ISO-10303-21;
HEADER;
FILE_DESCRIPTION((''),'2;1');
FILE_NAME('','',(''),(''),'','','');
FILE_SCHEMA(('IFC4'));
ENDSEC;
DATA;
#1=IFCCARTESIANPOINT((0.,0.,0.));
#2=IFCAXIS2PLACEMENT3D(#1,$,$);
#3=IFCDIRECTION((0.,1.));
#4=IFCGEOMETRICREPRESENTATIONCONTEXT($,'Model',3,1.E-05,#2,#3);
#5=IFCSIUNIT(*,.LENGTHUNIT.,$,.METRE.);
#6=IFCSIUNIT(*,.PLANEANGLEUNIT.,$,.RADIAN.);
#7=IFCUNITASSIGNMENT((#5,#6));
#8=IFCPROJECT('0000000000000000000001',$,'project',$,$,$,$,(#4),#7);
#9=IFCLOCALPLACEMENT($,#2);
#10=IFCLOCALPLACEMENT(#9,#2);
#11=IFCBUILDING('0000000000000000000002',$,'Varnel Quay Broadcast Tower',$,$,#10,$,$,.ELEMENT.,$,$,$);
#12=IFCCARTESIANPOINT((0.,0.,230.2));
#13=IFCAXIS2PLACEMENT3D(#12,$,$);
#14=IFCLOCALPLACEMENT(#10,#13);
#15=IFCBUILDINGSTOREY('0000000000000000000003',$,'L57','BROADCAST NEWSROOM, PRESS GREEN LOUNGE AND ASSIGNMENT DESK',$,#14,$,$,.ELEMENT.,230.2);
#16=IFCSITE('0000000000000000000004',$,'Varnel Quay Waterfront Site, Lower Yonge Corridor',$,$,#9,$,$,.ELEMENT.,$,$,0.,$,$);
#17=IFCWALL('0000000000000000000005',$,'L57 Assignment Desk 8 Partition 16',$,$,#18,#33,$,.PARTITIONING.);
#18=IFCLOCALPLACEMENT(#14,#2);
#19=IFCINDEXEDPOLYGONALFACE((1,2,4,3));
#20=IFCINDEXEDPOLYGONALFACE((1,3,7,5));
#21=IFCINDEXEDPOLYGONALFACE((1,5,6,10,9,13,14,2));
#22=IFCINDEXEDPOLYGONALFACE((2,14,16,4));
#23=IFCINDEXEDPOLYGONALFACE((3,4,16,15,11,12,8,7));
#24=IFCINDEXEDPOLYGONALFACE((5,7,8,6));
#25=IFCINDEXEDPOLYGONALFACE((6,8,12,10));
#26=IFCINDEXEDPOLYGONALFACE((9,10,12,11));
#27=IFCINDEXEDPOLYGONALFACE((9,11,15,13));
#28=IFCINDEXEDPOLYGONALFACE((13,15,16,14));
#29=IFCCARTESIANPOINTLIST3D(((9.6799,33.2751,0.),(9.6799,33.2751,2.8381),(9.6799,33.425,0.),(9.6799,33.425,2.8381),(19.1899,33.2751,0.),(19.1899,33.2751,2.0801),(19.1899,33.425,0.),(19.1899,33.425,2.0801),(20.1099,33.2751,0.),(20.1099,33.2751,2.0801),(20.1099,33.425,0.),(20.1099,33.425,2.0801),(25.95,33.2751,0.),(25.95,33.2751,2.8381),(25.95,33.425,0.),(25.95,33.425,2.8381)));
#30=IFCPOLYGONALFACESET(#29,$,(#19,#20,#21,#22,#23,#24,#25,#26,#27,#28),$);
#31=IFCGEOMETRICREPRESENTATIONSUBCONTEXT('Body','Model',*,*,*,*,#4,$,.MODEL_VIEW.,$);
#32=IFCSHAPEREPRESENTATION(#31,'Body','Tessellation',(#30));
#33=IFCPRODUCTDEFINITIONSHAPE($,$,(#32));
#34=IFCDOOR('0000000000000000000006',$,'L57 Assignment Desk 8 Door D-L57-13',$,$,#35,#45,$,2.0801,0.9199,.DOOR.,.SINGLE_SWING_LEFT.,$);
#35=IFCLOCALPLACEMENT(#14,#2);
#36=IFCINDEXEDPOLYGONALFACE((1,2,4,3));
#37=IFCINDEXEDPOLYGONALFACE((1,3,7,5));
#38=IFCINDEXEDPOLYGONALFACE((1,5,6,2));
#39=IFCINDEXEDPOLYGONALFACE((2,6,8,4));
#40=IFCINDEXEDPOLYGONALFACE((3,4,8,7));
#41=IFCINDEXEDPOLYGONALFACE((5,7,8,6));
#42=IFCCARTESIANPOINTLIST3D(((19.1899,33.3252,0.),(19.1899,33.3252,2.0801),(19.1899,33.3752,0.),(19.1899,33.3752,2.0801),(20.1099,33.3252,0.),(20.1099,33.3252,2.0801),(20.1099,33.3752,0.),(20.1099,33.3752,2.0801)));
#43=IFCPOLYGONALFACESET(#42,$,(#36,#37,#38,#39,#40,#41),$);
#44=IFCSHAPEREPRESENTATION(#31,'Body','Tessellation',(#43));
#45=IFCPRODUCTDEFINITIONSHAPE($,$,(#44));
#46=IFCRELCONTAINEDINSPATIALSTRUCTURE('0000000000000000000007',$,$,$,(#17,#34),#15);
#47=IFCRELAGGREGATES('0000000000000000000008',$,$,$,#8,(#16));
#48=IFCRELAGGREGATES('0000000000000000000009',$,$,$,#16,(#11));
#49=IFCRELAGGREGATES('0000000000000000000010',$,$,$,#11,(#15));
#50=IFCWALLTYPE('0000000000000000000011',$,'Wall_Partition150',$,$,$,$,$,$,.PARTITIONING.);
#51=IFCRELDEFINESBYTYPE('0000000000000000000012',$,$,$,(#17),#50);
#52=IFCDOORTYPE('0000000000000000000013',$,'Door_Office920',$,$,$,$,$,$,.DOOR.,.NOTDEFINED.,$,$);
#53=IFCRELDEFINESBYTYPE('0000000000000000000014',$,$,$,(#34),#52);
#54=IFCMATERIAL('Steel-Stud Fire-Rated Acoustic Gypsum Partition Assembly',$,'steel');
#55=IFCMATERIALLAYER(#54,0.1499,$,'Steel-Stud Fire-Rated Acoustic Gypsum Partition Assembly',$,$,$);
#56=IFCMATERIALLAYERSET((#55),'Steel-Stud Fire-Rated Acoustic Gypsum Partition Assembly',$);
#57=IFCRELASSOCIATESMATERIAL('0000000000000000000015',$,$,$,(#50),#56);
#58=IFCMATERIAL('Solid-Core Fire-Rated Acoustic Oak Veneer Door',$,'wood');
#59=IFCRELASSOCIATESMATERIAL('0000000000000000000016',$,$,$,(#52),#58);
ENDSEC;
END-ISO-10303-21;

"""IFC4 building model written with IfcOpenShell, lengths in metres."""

from ifc_helpers import new_model, si_unit, direction, frame, frame_2d, origin, place, context, subcontext, project, spatial, rectangle, extrude, source, transform, mapped, material, layer, layer_set, type_object, type_shapes, element, fill, save


model = new_model("IFC4")

# Units and contexts
model_context = context("Model", 3, precision=1e-05, world=origin(), true_north=direction((0.0, 1.0)))
body_context = subcontext(model_context, "Body", "Model", "MODEL_VIEW")
ifc_project = project(units=[si_unit("LENGTHUNIT", "METRE"), si_unit("PLANEANGLEUNIT", "RADIAN")], contexts=[model_context])

# Site, building, storey
site_placement = place(None, origin())
site = spatial("IfcSite", under=ifc_project, at=site_placement, Name="Varnel Quay Waterfront Site, Lower Yonge Corridor", CompositionType="ELEMENT", RefElevation=0.0)
building_placement = place(site_placement, origin())
building = spatial("IfcBuilding", under=site, at=building_placement, Name="Varnel Quay Broadcast Tower", CompositionType="ELEMENT")
storey_placement = place(building_placement, frame((0.0, 0.0, 230.2)))
storey = spatial("IfcBuildingStorey", under=building, at=storey_placement, Name="L57", Description="BROADCAST NEWSROOM, PRESS GREEN LOUNGE AND ASSIGNMENT DESK", CompositionType="ELEMENT", Elevation=230.2)

# Shared definitions
ifc_material_1 = material(Name="Steel-Stud Fire-Rated Acoustic Gypsum Partition Assembly", Category="steel")
ifc_layer_1 = layer(ifc_material_1, 0.1499, Name="Steel-Stud Fire-Rated Acoustic Gypsum Partition Assembly")
ifc_layer_set_1 = layer_set([ifc_layer_1], Name="Steel-Stud Fire-Rated Acoustic Gypsum Partition Assembly")
wall_type_1 = type_object("IfcWallType", Name="Wall_Partition150", PredefinedType="PARTITIONING", material=ifc_layer_set_1)

# Wall, opening, door
wall_1_placement = place(storey_placement, frame((9.6799, 33.3501, 0.0), z_axis=(0.0, 0.0, 1.0), x_axis=(1.0, 0.0, 0.0)))
wall_1 = element("IfcWall", 1, at=wall_1_placement, inside=storey, type_object=wall_type_1, Name="L57 Assignment Desk 8 Partition 16", PredefinedType="PARTITIONING", context=body_context, shape_type="SweptSolid", body=[
    extrude(rectangle(XDim=16.27, YDim=0.1499, at=frame_2d((8.135, 0.0))), origin(), (0.0, 0.0, 1.0), 2.8381),
])
opening_1_placement = place(wall_1_placement, frame((9.51, 0.0, 0.0)))
opening_1 = element("IfcOpeningElement", 2, at=opening_1_placement, cuts=wall_1, PredefinedType="OPENING", context=body_context, shape_type="SweptSolid", body=[
    extrude(rectangle(XDim=0.9199, YDim=2.0801, at=frame_2d((0.46, 1.04))), frame((0.0, 0.085, 0.0), z_axis=(0.0, -1.0, 0.0), x_axis=(1.0, 0.0, 0.0)), (0.0, 0.0, 1.0), 0.1699),
])
ifc_material_2 = material(Name="Solid-Core Fire-Rated Acoustic Oak Veneer Door", Category="wood")
door_type_1 = type_object("IfcDoorType", Name="Door_Office920", OperationType="NOTDEFINED", PredefinedType="DOOR", material=ifc_material_2)
shared_shape_1 = source(origin(), body_context, "Body", "SweptSolid", [
    extrude(rectangle(XDim=0.9199, YDim=2.0801, at=frame_2d((0.46, 1.04))), frame((0.0, 0.0249, 0.0), z_axis=(0.0, -1.0, 0.0), x_axis=(1.0, 0.0, 0.0)), (0.0, 0.0, 1.0), 0.05),
])
type_shapes(door_type_1, [shared_shape_1])
door_1_placement = place(opening_1_placement, frame((0.9199, 0.0, 0.0), z_axis=(0.0, 0.0, 1.0), x_axis=(-1.0, 0.0, 0.0)))
door_1 = element("IfcDoor", 3, at=door_1_placement, inside=storey, type_object=door_type_1, Name="L57 Assignment Desk 8 Door D-L57-13", OperationType="SINGLE_SWING_LEFT", OverallHeight=2.0801, OverallWidth=0.9199, PredefinedType="DOOR", context=body_context, shape_type="MappedRepresentation", body=[
    mapped(shared_shape_1, transform((0.0, 0.0, 0.0), x_axis=(1.0, 0.0, 0.0), y_axis=(0.0, 1.0, 0.0), z_axis=(0.0, 0.0, 1.0), scale=1.0)),
])
fill(opening_1, door_1)

save(model, "model.ifc")
